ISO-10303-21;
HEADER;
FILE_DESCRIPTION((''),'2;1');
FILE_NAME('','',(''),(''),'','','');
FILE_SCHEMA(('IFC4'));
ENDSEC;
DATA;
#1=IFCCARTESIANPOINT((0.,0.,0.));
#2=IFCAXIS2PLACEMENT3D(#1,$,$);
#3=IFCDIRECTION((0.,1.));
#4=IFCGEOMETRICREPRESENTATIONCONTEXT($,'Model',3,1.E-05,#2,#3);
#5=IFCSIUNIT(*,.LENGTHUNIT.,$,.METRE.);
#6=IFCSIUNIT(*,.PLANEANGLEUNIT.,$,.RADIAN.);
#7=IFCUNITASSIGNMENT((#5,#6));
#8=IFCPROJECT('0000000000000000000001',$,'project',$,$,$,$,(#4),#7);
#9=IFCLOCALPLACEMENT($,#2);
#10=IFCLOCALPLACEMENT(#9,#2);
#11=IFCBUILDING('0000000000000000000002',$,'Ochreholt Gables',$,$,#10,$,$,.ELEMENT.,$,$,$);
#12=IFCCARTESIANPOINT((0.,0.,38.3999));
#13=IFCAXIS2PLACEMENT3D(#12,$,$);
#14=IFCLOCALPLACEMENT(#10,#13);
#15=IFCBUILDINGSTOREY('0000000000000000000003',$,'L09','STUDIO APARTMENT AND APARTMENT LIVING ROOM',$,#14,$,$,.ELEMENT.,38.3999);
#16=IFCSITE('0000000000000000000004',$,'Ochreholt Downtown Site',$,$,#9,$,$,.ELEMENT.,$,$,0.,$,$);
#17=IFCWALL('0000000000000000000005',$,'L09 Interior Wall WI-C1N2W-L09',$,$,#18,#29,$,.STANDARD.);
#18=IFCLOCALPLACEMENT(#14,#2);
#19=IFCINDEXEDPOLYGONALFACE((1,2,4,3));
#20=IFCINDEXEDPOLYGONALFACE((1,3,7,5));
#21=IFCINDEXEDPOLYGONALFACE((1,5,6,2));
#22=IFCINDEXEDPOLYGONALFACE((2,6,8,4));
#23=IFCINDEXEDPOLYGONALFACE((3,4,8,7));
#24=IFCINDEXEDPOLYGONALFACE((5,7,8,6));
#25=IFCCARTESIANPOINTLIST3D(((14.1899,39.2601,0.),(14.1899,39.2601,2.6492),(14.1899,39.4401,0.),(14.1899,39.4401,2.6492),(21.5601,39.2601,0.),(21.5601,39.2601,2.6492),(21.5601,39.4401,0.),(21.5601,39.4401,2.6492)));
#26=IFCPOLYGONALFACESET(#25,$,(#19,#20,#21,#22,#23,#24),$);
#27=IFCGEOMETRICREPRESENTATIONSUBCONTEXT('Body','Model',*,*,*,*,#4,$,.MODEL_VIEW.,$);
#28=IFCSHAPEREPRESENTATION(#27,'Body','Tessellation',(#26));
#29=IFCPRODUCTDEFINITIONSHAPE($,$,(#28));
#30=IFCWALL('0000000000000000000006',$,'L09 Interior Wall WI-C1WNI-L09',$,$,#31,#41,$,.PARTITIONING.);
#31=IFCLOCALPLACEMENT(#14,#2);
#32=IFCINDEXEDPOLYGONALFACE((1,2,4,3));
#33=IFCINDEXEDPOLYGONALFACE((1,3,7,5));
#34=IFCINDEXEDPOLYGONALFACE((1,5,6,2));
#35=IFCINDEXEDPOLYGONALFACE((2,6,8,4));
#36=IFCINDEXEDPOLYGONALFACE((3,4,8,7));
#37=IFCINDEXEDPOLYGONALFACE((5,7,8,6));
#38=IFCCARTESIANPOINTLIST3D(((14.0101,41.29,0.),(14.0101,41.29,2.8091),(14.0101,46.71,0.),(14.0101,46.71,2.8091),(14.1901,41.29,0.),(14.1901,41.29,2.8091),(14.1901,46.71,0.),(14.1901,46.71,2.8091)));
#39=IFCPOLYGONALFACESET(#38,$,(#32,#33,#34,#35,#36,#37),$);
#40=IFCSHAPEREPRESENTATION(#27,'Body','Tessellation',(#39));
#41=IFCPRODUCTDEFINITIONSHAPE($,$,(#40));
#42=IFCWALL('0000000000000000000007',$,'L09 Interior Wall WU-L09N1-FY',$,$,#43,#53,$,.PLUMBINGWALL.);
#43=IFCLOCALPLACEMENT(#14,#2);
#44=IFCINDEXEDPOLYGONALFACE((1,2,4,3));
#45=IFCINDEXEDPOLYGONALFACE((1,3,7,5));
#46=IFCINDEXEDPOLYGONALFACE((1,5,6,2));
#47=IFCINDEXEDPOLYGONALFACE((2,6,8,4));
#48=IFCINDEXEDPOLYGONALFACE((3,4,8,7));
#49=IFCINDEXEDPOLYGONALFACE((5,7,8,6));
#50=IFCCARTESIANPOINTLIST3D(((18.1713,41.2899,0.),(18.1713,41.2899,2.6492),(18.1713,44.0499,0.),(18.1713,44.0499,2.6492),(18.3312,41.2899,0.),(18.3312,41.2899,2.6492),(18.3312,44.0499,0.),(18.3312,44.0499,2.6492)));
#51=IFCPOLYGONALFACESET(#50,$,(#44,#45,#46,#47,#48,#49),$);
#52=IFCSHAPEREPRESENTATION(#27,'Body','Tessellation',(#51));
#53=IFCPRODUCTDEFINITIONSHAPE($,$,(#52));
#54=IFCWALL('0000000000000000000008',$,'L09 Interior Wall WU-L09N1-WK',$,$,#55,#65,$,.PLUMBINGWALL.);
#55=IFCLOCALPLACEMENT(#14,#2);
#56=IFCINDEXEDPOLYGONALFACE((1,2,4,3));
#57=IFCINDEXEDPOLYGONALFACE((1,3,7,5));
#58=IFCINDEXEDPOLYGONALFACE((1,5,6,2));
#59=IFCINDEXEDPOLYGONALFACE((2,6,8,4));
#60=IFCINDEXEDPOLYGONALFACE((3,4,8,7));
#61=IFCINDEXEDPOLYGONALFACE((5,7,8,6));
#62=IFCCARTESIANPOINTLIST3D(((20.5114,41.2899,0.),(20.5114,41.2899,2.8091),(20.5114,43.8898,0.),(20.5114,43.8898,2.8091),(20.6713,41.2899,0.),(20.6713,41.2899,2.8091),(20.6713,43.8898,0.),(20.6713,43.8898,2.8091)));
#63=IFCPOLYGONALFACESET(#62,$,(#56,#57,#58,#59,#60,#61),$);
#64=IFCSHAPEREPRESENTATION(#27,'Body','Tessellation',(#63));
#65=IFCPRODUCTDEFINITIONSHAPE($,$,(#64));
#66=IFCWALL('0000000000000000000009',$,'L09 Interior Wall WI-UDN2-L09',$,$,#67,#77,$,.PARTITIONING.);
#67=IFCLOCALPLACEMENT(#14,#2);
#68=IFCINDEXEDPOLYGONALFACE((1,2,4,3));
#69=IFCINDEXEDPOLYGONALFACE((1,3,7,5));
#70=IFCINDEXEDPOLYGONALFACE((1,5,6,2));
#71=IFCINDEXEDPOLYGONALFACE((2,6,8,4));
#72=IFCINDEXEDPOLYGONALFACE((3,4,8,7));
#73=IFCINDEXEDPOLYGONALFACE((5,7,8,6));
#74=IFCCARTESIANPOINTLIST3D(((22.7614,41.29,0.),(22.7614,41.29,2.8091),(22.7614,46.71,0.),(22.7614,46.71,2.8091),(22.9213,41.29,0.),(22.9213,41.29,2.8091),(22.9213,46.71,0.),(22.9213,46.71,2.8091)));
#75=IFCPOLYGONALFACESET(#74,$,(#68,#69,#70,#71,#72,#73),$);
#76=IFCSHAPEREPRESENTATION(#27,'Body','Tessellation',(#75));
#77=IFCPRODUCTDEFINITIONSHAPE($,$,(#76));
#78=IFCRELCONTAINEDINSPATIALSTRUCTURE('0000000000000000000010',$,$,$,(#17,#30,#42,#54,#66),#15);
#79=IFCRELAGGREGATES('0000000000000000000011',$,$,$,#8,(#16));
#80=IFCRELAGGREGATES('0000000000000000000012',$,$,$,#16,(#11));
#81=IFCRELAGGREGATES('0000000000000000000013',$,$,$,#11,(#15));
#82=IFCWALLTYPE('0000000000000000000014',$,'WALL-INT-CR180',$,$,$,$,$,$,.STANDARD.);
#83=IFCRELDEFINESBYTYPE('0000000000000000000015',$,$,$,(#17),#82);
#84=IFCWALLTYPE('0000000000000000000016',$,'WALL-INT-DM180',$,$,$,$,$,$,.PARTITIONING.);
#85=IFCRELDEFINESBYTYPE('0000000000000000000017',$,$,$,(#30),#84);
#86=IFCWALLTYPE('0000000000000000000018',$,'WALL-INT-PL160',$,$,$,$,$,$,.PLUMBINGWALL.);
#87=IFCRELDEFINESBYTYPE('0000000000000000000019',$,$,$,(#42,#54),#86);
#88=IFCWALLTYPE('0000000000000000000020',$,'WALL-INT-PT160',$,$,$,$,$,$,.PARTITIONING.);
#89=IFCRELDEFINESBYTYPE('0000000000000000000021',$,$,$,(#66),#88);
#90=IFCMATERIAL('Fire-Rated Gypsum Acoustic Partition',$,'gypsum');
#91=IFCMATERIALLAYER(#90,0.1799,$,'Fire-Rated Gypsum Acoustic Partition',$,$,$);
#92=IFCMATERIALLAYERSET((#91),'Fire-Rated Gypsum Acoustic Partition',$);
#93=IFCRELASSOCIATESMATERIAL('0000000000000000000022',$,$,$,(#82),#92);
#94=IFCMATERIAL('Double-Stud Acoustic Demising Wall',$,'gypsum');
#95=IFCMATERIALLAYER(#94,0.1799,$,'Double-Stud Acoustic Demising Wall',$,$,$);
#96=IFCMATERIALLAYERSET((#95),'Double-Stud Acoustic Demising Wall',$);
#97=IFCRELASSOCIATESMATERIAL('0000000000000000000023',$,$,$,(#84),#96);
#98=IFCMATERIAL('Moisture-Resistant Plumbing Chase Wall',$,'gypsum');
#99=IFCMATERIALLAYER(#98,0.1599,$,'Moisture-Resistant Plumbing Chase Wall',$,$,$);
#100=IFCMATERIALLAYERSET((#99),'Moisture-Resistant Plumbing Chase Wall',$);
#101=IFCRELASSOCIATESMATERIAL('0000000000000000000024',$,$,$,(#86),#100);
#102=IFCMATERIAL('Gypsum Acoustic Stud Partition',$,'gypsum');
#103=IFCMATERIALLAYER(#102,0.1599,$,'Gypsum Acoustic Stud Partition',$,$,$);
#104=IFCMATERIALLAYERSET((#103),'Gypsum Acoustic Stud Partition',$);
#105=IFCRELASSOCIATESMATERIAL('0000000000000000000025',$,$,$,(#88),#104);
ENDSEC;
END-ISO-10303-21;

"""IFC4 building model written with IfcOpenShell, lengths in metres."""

from ifc_helpers import new_model, si_unit, direction, frame, frame_2d, origin, place, context, subcontext, project, spatial, rectangle, extrude, material, layer, layer_set, type_object, element, save


model = new_model("IFC4")

# Units and contexts
model_context = context("Model", 3, precision=1e-05, world=origin(), true_north=direction((0.0, 1.0)))
body_context = subcontext(model_context, "Body", "Model", "MODEL_VIEW")
ifc_project = project(units=[si_unit("LENGTHUNIT", "METRE"), si_unit("PLANEANGLEUNIT", "RADIAN")], contexts=[model_context])

# Site, building, storey
site_placement = place(None, origin())
site = spatial("IfcSite", under=ifc_project, at=site_placement, Name="Ochreholt Downtown Site", CompositionType="ELEMENT", RefElevation=0.0)
building_placement = place(site_placement, origin())
building = spatial("IfcBuilding", under=site, at=building_placement, Name="Ochreholt Gables", CompositionType="ELEMENT")
storey_placement = place(building_placement, frame((0.0, 0.0, 38.3999)))
storey = spatial("IfcBuildingStorey", under=building, at=storey_placement, Name="L09", Description="STUDIO APARTMENT AND APARTMENT LIVING ROOM", CompositionType="ELEMENT", Elevation=38.3999)

# Walls
ifc_material_1 = material(Name="Fire-Rated Gypsum Acoustic Partition", Category="gypsum")
ifc_layer_1 = layer(ifc_material_1, 0.1799, Name="Fire-Rated Gypsum Acoustic Partition")
ifc_layer_set_1 = layer_set([ifc_layer_1], Name="Fire-Rated Gypsum Acoustic Partition")
wall_type_1 = type_object("IfcWallType", Name="WALL-INT-CR180", PredefinedType="STANDARD", material=ifc_layer_set_1)
wall_1_placement = place(storey_placement, frame((14.1899, 39.3501, 0.0), z_axis=(0.0, 0.0, 1.0), x_axis=(1.0, 0.0, 0.0)))
element("IfcWall", 1, at=wall_1_placement, inside=storey, type_object=wall_type_1, Name="L09 Interior Wall WI-C1N2W-L09", PredefinedType="STANDARD", context=body_context, shape_type="SweptSolid", body=[
    extrude(rectangle(XDim=7.3701, YDim=0.1799, at=frame_2d((3.6851, 0.0))), origin(), (0.0, 0.0, 1.0), 2.6492),
])
ifc_material_2 = material(Name="Double-Stud Acoustic Demising Wall", Category="gypsum")
ifc_layer_2 = layer(ifc_material_2, 0.1799, Name="Double-Stud Acoustic Demising Wall")
ifc_layer_set_2 = layer_set([ifc_layer_2], Name="Double-Stud Acoustic Demising Wall")
wall_type_2 = type_object("IfcWallType", Name="WALL-INT-DM180", PredefinedType="PARTITIONING", material=ifc_layer_set_2)
wall_2_placement = place(storey_placement, frame((14.1001, 41.29, 0.0), z_axis=(0.0, 0.0, 1.0), x_axis=(0.0, 1.0, 0.0)))
element("IfcWall", 2, at=wall_2_placement, inside=storey, type_object=wall_type_2, Name="L09 Interior Wall WI-C1WNI-L09", PredefinedType="PARTITIONING", context=body_context, shape_type="SweptSolid", body=[
    extrude(rectangle(XDim=5.4199, YDim=0.1799, at=frame_2d((2.71, 0.0))), origin(), (0.0, 0.0, 1.0), 2.8091),
])

# Shared definitions
ifc_material_3 = material(Name="Moisture-Resistant Plumbing Chase Wall", Category="gypsum")
ifc_layer_3 = layer(ifc_material_3, 0.1599, Name="Moisture-Resistant Plumbing Chase Wall")
ifc_layer_set_3 = layer_set([ifc_layer_3], Name="Moisture-Resistant Plumbing Chase Wall")
wall_type_3 = type_object("IfcWallType", Name="WALL-INT-PL160", PredefinedType="PLUMBINGWALL", material=ifc_layer_set_3)

# Walls
wall_3_placement = place(storey_placement, frame((18.2512, 41.29, 0.0), z_axis=(0.0, 0.0, 1.0), x_axis=(0.0, 1.0, 0.0)))
element("IfcWall", 3, at=wall_3_placement, inside=storey, type_object=wall_type_3, Name="L09 Interior Wall WU-L09N1-FY", PredefinedType="PLUMBINGWALL", context=body_context, shape_type="SweptSolid", body=[
    extrude(rectangle(XDim=2.76, YDim=0.1599, at=frame_2d((1.3799, 0.0))), origin(), (0.0, 0.0, 1.0), 2.6492),
])
wall_4_placement = place(storey_placement, frame((20.5913, 41.29, 0.0), z_axis=(0.0, 0.0, 1.0), x_axis=(0.0, 1.0, 0.0)))
element("IfcWall", 4, at=wall_4_placement, inside=storey, type_object=wall_type_3, Name="L09 Interior Wall WU-L09N1-WK", PredefinedType="PLUMBINGWALL", context=body_context, shape_type="SweptSolid", body=[
    extrude(rectangle(XDim=2.5999, YDim=0.1599, at=frame_2d((1.2998, 0.0))), origin(), (0.0, 0.0, 1.0), 2.8091),
])
ifc_material_4 = material(Name="Gypsum Acoustic Stud Partition", Category="gypsum")
ifc_layer_4 = layer(ifc_material_4, 0.1599, Name="Gypsum Acoustic Stud Partition")
ifc_layer_set_4 = layer_set([ifc_layer_4], Name="Gypsum Acoustic Stud Partition")
wall_type_4 = type_object("IfcWallType", Name="WALL-INT-PT160", PredefinedType="PARTITIONING", material=ifc_layer_set_4)
wall_5_placement = place(storey_placement, frame((22.8413, 41.29, 0.0), z_axis=(0.0, 0.0, 1.0), x_axis=(0.0, 1.0, 0.0)))
element("IfcWall", 5, at=wall_5_placement, inside=storey, type_object=wall_type_4, Name="L09 Interior Wall WI-UDN2-L09", PredefinedType="PARTITIONING", context=body_context, shape_type="SweptSolid", body=[
    extrude(rectangle(XDim=5.4199, YDim=0.1599, at=frame_2d((2.71, 0.0))), origin(), (0.0, 0.0, 1.0), 2.8091),
])

save(model, "model.ifc")
